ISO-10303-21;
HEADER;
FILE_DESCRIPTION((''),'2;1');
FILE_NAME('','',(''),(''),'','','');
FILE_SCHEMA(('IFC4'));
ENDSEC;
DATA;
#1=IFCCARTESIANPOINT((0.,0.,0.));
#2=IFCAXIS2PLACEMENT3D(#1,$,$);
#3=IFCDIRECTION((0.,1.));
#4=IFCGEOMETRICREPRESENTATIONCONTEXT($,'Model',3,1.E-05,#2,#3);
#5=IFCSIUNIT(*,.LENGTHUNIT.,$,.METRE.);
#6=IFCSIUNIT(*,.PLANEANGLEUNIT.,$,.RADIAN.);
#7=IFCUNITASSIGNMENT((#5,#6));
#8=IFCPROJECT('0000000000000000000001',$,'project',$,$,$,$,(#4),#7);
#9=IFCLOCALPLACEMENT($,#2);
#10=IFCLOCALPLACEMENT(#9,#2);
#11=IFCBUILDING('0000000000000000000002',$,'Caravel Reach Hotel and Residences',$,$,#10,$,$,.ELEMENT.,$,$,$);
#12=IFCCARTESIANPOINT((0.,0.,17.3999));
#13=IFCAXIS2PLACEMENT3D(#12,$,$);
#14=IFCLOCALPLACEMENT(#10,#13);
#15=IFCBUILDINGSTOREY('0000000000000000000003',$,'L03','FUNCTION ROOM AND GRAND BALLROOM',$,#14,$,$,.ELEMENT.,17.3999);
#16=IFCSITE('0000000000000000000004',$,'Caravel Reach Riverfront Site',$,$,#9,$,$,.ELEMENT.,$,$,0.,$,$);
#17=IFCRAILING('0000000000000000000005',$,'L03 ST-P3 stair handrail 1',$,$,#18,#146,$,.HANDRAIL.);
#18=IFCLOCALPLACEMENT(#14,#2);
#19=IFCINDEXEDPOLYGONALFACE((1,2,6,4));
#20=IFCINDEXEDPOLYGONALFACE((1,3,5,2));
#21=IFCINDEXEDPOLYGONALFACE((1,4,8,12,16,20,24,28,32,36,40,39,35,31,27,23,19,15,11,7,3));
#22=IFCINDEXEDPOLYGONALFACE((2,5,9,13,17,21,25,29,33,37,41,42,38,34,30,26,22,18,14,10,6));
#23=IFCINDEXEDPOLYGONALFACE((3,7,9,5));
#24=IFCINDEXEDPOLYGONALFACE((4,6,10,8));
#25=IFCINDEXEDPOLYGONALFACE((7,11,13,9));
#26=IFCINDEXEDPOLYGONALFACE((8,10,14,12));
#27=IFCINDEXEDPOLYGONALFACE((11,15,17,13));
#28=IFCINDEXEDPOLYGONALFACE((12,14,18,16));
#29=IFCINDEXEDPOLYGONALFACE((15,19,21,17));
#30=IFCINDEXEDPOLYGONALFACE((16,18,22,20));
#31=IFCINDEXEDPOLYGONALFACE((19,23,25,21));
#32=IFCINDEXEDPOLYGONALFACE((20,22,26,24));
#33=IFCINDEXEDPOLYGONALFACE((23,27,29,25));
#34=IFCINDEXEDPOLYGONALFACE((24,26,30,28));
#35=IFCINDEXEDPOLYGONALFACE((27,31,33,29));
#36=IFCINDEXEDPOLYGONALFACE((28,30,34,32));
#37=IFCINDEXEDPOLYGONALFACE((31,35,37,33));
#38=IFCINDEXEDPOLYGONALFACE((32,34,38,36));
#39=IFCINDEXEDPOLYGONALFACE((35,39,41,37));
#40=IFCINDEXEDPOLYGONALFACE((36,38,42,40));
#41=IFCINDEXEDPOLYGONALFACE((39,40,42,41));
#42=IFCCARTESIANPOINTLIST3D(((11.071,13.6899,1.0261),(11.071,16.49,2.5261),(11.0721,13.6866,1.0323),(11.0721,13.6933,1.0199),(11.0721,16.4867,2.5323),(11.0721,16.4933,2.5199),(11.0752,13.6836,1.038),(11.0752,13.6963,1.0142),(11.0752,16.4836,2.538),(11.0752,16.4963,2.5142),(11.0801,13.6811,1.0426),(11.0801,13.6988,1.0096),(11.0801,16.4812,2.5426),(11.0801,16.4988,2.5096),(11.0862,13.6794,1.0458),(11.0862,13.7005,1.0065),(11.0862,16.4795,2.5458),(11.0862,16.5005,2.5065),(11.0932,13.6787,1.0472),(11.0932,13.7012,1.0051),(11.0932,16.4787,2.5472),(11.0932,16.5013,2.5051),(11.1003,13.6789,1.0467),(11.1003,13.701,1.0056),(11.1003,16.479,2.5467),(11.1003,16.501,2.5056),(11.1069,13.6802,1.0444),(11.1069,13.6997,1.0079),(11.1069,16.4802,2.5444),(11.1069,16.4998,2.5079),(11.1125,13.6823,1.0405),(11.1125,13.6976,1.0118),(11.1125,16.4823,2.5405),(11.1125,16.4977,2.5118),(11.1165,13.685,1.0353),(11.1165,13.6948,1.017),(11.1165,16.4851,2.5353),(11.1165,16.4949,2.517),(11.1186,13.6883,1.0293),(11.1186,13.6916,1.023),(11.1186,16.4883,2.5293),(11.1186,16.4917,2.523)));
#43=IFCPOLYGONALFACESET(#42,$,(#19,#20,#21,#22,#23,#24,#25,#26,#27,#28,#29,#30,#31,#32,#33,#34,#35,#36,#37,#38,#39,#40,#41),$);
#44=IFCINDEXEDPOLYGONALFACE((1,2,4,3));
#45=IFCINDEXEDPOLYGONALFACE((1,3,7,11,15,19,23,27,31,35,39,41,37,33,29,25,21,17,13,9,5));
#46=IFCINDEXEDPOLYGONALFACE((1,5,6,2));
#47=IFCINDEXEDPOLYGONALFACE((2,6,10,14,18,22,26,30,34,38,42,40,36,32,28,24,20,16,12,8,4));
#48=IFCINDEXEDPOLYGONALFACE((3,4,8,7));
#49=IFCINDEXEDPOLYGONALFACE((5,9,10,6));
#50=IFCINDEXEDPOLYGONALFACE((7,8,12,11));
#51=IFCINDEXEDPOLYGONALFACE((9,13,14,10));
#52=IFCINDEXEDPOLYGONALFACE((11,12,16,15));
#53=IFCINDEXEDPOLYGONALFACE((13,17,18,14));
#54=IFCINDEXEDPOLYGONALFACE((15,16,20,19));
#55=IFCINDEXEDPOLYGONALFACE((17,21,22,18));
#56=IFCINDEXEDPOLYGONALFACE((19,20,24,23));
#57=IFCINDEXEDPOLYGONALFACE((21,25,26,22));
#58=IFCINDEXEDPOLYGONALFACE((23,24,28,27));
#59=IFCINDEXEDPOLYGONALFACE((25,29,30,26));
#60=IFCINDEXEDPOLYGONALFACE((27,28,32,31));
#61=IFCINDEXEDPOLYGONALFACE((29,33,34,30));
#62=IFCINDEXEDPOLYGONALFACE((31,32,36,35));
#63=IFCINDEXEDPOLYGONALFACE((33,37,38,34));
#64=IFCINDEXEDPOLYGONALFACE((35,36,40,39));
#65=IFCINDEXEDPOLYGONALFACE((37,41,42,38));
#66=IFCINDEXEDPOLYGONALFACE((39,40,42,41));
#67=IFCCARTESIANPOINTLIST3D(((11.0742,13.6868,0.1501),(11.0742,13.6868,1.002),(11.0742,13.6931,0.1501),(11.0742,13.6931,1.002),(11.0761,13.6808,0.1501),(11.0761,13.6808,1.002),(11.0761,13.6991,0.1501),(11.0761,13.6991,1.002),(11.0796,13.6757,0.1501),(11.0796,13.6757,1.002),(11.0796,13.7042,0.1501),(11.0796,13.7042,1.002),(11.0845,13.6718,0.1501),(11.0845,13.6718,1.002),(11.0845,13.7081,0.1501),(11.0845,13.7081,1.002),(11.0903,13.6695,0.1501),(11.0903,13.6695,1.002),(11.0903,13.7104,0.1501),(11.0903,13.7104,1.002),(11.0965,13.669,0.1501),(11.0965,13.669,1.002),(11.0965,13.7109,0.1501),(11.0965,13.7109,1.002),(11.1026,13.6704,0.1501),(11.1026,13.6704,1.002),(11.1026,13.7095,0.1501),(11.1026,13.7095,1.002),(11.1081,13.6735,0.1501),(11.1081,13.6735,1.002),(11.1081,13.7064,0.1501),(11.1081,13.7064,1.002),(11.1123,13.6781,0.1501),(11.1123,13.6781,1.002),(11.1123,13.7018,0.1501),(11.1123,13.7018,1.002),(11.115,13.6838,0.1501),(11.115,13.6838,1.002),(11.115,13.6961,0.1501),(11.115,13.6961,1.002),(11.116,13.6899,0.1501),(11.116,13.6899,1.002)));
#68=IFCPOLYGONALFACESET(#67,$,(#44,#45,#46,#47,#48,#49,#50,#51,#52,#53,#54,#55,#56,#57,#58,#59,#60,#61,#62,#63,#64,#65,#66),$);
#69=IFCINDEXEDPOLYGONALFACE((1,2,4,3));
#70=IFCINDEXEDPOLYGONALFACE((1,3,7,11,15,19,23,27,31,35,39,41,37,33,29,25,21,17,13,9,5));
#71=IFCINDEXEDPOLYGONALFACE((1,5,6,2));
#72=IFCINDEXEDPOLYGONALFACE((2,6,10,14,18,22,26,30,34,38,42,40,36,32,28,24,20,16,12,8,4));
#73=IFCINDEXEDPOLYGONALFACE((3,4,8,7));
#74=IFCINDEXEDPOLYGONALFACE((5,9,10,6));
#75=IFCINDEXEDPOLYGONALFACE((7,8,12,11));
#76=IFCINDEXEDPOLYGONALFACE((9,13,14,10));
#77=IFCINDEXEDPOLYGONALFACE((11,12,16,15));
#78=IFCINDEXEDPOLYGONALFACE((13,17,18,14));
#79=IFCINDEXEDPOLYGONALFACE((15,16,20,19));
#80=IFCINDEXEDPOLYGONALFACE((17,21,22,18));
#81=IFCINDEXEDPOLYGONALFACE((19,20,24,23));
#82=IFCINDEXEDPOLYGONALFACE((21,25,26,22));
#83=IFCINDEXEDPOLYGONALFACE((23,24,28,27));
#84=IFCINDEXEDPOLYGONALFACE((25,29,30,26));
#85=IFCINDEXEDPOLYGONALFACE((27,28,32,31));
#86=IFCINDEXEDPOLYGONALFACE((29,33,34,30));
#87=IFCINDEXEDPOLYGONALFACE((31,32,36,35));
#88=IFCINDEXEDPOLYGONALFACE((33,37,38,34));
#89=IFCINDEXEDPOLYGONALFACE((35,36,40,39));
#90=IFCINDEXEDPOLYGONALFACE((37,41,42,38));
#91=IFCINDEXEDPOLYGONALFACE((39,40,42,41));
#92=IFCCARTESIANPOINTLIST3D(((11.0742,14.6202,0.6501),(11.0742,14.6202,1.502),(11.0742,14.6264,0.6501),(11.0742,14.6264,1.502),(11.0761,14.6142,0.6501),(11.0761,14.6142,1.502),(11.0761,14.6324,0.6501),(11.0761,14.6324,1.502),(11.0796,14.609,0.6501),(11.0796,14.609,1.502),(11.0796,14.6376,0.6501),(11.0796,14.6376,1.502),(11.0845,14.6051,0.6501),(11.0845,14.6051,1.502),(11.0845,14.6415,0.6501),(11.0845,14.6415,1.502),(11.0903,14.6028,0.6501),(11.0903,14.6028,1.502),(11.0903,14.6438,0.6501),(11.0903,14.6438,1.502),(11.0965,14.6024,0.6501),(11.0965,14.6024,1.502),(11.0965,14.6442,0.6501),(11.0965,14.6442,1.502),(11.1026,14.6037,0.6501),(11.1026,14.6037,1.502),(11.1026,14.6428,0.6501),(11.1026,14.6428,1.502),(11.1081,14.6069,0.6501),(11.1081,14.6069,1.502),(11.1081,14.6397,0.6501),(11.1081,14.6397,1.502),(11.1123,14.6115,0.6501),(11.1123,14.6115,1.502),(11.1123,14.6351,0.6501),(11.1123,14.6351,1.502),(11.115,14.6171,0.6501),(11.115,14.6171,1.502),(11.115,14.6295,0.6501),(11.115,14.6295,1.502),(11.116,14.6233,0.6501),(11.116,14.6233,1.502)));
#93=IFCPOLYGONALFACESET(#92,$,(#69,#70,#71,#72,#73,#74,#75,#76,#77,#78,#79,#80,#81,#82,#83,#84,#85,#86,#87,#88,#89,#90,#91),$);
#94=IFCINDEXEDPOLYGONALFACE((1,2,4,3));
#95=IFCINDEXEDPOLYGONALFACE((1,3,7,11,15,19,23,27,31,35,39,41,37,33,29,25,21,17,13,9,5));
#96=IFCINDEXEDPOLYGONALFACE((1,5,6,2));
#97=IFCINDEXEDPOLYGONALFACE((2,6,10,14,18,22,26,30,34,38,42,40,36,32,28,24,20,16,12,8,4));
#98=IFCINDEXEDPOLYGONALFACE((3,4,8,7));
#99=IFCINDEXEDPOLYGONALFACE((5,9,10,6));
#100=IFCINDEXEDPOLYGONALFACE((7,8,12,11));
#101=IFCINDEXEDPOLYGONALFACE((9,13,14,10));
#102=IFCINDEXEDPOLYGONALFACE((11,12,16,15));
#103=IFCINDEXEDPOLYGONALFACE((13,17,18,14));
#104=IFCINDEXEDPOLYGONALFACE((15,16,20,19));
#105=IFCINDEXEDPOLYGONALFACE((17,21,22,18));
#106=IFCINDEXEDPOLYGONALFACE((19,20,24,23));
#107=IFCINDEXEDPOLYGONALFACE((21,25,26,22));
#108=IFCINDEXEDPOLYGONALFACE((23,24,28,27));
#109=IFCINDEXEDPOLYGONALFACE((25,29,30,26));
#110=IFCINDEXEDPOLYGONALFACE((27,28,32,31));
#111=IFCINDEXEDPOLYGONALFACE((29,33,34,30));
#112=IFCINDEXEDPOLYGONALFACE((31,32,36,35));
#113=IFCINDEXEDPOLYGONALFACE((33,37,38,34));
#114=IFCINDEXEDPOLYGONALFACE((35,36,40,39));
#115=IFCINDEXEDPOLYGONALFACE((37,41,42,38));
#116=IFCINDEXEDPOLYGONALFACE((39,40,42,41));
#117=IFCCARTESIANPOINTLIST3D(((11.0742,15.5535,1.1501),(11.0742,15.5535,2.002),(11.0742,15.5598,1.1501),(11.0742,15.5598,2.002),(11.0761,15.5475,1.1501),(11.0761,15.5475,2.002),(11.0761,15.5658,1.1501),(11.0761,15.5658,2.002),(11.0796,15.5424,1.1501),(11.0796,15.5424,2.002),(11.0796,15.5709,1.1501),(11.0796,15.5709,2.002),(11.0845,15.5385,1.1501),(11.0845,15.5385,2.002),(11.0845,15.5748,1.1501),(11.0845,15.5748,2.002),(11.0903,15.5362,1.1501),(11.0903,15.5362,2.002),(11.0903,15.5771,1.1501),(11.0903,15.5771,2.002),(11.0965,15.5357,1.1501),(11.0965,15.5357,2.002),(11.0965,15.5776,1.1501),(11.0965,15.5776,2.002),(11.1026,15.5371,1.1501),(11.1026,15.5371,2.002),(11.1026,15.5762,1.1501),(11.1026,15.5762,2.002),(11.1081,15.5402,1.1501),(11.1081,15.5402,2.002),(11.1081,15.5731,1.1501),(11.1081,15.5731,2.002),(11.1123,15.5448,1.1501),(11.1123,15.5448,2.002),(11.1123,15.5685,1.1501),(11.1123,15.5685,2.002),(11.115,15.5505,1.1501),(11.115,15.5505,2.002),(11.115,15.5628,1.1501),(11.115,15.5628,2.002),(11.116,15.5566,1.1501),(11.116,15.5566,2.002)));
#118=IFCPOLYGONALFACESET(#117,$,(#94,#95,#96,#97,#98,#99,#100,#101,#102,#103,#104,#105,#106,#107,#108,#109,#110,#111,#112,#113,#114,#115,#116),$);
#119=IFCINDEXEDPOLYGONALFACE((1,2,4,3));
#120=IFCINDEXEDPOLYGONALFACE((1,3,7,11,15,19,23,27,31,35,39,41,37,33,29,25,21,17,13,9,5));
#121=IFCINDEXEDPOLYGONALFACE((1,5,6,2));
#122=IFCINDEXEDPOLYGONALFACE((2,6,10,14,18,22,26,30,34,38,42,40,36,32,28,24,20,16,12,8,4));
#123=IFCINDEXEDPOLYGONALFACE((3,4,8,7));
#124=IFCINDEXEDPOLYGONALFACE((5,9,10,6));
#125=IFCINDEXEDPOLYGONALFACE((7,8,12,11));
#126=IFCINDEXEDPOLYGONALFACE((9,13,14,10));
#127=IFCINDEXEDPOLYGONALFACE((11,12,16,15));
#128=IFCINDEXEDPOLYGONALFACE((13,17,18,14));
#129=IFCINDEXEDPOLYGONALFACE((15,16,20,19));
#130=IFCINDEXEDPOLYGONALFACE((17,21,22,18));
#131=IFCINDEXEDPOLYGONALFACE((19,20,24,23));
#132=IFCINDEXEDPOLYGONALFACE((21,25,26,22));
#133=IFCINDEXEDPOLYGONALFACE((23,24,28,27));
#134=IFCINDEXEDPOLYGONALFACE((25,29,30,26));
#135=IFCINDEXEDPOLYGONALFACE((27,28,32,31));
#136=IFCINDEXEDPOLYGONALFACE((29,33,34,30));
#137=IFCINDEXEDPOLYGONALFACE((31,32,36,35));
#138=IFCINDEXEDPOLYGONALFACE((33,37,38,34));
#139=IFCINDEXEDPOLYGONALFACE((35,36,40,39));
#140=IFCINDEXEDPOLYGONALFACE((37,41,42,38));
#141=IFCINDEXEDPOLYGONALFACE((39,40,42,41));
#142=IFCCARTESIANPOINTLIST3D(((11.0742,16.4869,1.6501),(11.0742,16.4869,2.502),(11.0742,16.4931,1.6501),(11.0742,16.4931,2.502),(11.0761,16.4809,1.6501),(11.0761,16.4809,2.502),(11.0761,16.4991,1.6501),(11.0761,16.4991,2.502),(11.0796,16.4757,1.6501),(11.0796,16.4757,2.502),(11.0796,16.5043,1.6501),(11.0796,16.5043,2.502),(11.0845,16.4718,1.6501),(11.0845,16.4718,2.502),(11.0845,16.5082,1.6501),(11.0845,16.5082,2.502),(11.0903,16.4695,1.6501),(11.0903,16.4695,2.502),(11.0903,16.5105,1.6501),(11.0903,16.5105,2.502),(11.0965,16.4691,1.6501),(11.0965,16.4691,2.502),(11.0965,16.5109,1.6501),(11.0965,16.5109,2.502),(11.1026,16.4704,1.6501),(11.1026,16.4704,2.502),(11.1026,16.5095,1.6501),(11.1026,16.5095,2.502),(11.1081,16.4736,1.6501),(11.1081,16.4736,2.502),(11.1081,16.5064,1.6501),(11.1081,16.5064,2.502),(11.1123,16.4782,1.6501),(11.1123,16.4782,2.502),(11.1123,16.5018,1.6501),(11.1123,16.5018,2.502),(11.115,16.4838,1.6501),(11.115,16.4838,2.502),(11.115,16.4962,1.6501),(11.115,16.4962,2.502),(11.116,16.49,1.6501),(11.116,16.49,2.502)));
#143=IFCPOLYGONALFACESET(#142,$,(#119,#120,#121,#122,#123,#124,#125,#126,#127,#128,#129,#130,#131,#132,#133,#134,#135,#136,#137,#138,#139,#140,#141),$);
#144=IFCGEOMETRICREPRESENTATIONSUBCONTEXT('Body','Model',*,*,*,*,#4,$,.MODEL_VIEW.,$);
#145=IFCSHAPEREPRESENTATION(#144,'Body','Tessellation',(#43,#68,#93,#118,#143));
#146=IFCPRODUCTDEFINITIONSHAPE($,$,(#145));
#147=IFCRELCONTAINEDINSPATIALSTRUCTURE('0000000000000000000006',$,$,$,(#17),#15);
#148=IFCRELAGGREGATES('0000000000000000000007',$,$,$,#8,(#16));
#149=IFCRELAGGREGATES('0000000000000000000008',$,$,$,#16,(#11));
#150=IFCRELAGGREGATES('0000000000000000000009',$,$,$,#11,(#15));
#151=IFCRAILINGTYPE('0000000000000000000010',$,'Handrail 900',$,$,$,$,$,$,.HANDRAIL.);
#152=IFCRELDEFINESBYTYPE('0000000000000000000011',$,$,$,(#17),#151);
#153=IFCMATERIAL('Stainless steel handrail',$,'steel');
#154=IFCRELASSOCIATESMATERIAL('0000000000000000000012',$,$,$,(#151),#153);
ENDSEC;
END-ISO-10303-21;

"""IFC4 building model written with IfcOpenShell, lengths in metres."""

from ifc_helpers import new_model, si_unit, direction, frame, origin, origin_2d, place, context, subcontext, project, spatial, circle, extrude, material, type_object, element, save


model = new_model("IFC4")

# Units and contexts
model_context = context("Model", 3, precision=1e-05, world=origin(), true_north=direction((0.0, 1.0)))
body_context = subcontext(model_context, "Body", "Model", "MODEL_VIEW")
ifc_project = project(units=[si_unit("LENGTHUNIT", "METRE"), si_unit("PLANEANGLEUNIT", "RADIAN")], contexts=[model_context])

# Site, building, storey
site_placement = place(None, origin())
site = spatial("IfcSite", under=ifc_project, at=site_placement, Name="Caravel Reach Riverfront Site", CompositionType="ELEMENT", RefElevation=0.0)
building_placement = place(site_placement, origin())
building = spatial("IfcBuilding", under=site, at=building_placement, Name="Caravel Reach Hotel and Residences", CompositionType="ELEMENT")
storey_placement = place(building_placement, frame((0.0, 0.0, 17.3999)))
storey = spatial("IfcBuildingStorey", under=building, at=storey_placement, Name="L03", Description="FUNCTION ROOM AND GRAND BALLROOM", CompositionType="ELEMENT", Elevation=17.3999)

# Railing
ifc_material_1 = material(Name="Stainless steel handrail", Category="steel")
railing_type_1 = type_object("IfcRailingType", Name="Handrail 900", PredefinedType="HANDRAIL", material=ifc_material_1)
railing_1_placement = place(storey_placement, frame((11.095, 13.6899, 0.1501)))
element("IfcRailing", 1, at=railing_1_placement, inside=storey, type_object=railing_type_1, Name="L03 ST-P3 stair handrail 1", PredefinedType="HANDRAIL", context=body_context, shape_type="SweptSolid", body=[
    extrude(circle(Radius=0.0239, at=origin_2d()), frame((0.0, 0.0, 0.876), z_axis=(0.0, 0.881483, 0.472215), x_axis=(-1.0, 0.0, 0.0)), (0.0, 0.0, 1.0), 3.1765),
    extrude(circle(Radius=0.021, at=origin_2d()), origin(), (0.0, 0.0, 1.0), 0.8518),
    extrude(circle(Radius=0.021, at=origin_2d()), frame((0.0, 0.9333, 0.5)), (0.0, 0.0, 1.0), 0.8518),
    extrude(circle(Radius=0.021, at=origin_2d()), frame((0.0, 1.8667, 1.0)), (0.0, 0.0, 1.0), 0.8518),
    extrude(circle(Radius=0.021, at=origin_2d()), frame((0.0, 2.8, 1.5)), (0.0, 0.0, 1.0), 0.8518),
])

save(model, "model.ifc")
